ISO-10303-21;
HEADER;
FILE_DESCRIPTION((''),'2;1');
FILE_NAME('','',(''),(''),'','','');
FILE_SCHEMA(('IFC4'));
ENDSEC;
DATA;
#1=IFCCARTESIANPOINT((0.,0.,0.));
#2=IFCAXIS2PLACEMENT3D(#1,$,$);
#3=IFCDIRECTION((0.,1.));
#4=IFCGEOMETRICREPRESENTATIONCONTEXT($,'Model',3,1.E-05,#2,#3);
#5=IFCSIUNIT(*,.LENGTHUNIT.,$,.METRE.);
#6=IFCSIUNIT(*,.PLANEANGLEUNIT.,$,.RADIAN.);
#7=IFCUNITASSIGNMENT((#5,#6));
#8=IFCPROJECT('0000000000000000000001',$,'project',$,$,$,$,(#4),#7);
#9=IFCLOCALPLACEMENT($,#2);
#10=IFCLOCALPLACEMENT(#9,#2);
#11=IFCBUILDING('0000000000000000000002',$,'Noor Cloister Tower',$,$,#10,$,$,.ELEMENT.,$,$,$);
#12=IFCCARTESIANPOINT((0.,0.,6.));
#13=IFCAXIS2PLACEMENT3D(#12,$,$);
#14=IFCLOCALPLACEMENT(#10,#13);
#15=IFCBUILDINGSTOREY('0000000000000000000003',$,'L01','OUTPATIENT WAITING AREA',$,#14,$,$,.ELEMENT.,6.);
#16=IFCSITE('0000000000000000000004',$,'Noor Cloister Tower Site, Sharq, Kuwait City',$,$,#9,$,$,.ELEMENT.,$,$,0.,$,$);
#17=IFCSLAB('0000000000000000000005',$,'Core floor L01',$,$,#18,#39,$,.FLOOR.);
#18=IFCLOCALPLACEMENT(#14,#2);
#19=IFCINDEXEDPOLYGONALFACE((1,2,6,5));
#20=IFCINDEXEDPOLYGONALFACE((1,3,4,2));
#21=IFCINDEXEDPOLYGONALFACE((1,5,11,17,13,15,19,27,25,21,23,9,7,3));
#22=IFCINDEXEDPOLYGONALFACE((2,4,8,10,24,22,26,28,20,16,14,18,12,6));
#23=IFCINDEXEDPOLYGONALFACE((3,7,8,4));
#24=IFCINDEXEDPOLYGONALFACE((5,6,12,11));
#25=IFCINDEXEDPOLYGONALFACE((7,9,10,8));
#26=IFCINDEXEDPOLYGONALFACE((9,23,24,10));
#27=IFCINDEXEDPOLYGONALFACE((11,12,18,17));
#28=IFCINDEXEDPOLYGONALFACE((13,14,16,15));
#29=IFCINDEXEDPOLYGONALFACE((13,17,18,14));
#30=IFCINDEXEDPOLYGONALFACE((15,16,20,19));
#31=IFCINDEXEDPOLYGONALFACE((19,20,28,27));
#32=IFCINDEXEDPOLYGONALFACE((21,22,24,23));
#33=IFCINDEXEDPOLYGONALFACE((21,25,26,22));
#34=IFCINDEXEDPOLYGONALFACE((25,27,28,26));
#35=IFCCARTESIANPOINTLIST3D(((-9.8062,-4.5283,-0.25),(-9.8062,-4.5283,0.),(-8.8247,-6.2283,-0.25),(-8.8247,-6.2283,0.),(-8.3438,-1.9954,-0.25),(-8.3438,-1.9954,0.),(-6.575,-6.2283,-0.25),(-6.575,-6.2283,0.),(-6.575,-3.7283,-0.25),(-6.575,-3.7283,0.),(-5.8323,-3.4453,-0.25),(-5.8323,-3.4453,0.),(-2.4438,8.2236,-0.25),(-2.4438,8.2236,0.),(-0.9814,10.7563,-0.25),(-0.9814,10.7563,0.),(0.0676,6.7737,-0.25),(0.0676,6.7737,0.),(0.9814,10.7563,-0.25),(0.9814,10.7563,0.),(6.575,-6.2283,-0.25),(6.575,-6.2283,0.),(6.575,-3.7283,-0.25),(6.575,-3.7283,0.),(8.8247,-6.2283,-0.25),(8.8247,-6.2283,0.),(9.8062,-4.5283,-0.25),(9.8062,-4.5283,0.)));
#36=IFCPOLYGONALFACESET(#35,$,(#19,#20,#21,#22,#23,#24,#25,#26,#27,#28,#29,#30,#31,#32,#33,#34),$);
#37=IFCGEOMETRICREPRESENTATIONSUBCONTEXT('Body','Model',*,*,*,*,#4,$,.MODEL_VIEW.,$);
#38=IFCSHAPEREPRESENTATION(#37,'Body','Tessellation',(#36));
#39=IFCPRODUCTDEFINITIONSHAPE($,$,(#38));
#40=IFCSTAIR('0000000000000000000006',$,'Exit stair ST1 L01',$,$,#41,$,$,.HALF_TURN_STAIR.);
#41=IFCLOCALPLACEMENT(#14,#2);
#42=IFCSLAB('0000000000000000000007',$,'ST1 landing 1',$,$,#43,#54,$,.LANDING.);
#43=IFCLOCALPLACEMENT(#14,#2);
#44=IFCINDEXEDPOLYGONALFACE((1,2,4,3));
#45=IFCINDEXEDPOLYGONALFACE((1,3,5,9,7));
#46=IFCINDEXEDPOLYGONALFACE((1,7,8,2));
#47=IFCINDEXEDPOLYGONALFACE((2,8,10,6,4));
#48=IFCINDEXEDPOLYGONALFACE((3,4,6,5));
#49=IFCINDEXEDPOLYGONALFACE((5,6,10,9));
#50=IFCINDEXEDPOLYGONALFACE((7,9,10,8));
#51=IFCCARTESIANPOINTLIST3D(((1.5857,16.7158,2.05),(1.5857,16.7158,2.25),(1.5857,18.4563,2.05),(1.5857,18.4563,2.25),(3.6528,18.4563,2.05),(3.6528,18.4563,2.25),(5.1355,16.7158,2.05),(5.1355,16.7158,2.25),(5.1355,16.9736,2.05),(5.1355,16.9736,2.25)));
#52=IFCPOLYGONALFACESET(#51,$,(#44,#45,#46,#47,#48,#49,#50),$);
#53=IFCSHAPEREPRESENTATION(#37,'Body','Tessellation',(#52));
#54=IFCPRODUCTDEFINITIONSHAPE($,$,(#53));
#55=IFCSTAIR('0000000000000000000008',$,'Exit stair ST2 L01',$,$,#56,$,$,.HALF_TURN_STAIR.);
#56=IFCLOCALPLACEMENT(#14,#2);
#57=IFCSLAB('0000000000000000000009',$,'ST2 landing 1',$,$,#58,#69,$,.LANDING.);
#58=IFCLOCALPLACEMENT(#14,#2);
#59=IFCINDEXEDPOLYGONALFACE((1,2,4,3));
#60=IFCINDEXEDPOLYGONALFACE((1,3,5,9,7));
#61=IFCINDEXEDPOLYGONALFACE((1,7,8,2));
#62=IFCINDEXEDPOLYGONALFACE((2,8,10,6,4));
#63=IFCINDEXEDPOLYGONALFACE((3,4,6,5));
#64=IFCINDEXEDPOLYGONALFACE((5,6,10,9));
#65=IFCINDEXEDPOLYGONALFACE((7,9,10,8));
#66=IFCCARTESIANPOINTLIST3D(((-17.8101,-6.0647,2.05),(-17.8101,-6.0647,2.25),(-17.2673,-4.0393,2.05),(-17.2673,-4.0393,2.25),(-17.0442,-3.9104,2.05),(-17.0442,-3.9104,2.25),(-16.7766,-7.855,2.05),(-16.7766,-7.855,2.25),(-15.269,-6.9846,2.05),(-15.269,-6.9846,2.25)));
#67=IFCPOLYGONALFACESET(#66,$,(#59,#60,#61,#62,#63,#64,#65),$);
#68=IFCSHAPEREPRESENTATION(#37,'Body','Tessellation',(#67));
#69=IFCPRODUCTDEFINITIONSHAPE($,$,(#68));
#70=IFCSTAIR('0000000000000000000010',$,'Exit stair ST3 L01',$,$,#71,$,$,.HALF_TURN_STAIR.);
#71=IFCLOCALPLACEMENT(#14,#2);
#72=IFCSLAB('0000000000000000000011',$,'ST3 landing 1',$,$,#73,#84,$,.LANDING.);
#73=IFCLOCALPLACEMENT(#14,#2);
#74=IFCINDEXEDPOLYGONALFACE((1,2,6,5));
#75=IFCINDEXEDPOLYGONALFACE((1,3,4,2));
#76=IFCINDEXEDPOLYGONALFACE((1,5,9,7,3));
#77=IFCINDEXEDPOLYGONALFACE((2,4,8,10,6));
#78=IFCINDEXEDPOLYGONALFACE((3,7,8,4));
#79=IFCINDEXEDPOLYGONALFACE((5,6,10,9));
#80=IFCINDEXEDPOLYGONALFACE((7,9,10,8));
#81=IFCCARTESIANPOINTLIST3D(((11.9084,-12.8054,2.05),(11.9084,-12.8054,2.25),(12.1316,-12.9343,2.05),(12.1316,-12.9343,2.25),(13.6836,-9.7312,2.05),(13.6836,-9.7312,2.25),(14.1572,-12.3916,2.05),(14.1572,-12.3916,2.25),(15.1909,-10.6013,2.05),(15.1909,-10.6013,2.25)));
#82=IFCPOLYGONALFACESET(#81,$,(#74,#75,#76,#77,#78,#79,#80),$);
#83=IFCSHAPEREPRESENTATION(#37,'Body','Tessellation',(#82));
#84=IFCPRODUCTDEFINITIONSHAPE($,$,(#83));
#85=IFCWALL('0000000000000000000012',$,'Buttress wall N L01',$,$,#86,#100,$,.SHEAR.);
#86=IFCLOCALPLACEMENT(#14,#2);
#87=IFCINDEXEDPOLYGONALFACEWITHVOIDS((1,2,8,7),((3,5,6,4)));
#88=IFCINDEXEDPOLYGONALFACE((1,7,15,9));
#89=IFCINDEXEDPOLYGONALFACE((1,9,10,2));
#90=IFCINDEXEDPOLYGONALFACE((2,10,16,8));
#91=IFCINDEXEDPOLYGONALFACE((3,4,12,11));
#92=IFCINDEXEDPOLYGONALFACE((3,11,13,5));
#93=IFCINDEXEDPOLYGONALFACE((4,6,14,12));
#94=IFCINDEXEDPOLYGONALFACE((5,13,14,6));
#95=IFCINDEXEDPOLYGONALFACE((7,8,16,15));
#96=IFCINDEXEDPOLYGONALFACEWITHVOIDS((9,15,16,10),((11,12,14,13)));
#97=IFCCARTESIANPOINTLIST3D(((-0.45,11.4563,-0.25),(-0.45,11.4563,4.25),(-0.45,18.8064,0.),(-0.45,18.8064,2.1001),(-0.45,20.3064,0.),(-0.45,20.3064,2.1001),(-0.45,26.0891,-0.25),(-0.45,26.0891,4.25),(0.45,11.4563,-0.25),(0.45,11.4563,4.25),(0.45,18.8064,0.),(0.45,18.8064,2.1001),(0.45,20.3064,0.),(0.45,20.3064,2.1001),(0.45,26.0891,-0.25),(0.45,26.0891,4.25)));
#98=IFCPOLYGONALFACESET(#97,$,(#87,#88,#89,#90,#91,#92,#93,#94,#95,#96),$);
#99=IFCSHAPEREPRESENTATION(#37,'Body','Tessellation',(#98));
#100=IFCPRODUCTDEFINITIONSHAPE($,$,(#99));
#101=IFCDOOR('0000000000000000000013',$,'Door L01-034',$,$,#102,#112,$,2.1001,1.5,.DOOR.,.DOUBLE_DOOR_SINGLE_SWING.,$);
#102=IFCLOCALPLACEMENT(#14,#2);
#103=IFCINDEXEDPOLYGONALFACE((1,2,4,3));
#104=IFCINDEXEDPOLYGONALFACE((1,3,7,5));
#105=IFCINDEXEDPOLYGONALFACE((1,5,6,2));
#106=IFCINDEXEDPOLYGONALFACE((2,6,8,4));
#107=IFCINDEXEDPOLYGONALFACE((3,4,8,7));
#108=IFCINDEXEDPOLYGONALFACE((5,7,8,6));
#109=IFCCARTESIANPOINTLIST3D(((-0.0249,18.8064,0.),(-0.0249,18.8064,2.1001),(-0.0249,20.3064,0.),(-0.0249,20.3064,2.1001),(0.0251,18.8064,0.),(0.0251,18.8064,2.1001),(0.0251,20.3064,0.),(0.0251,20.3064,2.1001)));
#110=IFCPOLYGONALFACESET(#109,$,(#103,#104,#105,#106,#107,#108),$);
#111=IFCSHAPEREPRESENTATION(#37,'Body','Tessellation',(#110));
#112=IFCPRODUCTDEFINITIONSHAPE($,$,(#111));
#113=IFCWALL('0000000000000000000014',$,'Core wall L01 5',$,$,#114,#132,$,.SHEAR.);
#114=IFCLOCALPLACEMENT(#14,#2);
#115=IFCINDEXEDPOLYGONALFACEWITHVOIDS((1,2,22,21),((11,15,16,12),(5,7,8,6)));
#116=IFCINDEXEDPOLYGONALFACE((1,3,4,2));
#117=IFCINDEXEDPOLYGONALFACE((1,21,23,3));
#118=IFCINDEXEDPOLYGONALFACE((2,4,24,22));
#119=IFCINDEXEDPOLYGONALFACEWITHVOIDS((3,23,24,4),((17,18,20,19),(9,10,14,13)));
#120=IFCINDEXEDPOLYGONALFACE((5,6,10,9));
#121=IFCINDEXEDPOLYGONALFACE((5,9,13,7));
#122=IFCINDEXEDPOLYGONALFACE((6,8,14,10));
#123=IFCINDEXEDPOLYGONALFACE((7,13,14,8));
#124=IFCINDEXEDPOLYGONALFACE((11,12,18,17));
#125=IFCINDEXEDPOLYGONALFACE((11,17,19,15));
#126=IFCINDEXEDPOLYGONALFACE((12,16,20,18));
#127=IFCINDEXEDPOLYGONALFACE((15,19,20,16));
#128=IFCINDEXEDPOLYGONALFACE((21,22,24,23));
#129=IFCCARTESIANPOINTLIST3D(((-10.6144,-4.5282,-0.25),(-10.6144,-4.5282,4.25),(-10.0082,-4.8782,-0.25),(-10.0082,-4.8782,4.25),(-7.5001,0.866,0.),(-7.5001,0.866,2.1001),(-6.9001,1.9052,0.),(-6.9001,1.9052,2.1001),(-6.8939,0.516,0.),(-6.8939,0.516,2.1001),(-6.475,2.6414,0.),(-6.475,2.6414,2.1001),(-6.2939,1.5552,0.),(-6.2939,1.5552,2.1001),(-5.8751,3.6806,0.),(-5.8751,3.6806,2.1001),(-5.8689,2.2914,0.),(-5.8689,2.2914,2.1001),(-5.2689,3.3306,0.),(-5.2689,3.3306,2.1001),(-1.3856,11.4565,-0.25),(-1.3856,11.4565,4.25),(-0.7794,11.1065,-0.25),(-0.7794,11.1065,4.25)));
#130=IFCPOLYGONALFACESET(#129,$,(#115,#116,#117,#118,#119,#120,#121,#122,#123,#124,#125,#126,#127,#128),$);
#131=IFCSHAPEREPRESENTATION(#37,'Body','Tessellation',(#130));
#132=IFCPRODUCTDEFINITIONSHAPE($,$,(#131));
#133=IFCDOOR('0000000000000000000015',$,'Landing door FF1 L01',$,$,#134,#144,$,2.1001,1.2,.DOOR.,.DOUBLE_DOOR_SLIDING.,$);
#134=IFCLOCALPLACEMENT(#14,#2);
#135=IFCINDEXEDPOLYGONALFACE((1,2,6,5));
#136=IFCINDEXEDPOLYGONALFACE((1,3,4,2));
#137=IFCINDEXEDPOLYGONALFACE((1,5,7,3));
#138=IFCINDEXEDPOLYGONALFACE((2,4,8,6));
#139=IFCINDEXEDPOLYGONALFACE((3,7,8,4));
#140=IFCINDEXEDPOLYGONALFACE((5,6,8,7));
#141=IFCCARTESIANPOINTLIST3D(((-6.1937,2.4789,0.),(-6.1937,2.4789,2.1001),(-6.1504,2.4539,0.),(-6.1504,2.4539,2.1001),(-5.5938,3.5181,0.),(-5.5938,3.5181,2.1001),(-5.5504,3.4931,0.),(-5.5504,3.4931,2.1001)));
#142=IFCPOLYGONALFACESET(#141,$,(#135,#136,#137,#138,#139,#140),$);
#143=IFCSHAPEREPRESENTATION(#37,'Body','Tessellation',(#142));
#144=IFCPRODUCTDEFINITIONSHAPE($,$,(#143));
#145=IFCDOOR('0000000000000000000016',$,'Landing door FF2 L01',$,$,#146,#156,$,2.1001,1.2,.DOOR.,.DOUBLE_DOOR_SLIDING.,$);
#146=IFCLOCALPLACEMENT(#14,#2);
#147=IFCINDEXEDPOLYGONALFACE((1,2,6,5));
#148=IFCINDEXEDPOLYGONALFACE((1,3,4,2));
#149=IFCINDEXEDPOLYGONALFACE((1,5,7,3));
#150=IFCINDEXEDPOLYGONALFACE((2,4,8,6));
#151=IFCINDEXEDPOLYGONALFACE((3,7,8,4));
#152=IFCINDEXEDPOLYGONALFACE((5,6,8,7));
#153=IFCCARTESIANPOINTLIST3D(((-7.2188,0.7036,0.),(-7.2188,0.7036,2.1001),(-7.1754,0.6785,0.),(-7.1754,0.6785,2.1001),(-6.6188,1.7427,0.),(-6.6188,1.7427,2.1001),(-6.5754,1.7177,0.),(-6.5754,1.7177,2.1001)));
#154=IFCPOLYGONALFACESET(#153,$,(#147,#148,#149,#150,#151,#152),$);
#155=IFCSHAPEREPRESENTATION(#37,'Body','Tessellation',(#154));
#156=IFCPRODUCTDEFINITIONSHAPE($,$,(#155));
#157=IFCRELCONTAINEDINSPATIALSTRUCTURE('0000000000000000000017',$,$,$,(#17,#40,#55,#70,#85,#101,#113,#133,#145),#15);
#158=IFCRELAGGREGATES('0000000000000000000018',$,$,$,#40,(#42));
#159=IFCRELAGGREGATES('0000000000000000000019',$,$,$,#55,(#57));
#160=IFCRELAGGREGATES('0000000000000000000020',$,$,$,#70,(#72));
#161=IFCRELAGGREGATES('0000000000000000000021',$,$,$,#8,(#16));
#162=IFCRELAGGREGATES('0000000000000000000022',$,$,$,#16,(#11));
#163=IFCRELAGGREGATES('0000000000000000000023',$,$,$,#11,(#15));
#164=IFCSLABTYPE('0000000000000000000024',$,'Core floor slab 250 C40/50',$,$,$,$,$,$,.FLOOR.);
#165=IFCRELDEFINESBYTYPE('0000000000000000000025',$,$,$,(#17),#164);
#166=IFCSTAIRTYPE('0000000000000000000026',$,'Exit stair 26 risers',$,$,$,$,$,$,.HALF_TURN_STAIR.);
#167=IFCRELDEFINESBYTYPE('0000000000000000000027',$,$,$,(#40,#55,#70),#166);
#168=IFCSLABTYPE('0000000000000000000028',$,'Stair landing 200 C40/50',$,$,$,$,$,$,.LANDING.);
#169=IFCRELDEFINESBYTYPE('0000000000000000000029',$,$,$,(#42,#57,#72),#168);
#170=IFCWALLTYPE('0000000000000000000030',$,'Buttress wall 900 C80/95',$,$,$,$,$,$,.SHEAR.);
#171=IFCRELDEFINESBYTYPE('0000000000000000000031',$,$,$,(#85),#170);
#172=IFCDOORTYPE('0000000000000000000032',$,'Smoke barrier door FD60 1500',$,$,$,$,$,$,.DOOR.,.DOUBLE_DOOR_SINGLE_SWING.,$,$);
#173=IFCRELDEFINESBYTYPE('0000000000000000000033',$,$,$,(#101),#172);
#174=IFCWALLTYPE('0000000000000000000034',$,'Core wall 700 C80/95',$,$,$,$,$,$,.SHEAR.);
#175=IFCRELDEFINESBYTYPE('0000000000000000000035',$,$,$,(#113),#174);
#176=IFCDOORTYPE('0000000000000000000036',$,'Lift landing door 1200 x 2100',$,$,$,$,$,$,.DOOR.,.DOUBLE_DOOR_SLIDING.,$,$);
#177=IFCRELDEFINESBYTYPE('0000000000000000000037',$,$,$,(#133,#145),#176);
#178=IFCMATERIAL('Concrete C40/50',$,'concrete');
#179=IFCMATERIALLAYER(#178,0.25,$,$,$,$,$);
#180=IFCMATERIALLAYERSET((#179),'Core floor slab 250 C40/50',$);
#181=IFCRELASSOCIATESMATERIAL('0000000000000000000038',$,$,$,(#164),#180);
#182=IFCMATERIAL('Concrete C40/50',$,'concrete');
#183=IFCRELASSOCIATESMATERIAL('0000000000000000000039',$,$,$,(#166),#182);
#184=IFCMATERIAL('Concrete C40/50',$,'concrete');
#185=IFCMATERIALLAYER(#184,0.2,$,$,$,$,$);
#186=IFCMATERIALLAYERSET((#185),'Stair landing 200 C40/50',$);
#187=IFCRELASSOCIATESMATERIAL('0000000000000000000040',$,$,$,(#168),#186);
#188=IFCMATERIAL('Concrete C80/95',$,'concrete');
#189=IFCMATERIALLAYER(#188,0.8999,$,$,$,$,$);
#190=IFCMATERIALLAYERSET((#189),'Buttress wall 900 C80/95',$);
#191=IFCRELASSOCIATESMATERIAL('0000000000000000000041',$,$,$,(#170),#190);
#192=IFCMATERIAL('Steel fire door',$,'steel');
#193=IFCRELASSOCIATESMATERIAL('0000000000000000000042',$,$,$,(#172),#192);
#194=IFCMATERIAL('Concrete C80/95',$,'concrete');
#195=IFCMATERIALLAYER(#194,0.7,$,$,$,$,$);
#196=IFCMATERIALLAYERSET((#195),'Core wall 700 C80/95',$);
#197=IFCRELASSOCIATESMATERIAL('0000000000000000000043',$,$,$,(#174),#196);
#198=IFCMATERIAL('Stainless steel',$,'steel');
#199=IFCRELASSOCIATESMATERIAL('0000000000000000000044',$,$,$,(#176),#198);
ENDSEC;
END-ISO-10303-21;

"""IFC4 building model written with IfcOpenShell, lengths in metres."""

from ifc_helpers import new_model, si_unit, direction, frame, frame_2d, origin, place, context, subcontext, project, spatial, polyline, rectangle, outline, extrude, material, layer, layer_set, type_object, element, fill, aggregate, save


model = new_model("IFC4")

# Units and contexts
model_context = context("Model", 3, precision=1e-05, world=origin(), true_north=direction((0.0, 1.0)))
body_context = subcontext(model_context, "Body", "Model", "MODEL_VIEW")
ifc_project = project(units=[si_unit("LENGTHUNIT", "METRE"), si_unit("PLANEANGLEUNIT", "RADIAN")], contexts=[model_context])

# Site, building, storey
site_placement = place(None, origin())
site = spatial("IfcSite", under=ifc_project, at=site_placement, Name="Noor Cloister Tower Site, Sharq, Kuwait City", CompositionType="ELEMENT", RefElevation=0.0)
building_placement = place(site_placement, origin())
building = spatial("IfcBuilding", under=site, at=building_placement, Name="Noor Cloister Tower", CompositionType="ELEMENT")
storey_placement = place(building_placement, frame((0.0, 0.0, 6.0)))
storey = spatial("IfcBuildingStorey", under=building, at=storey_placement, Name="L01", Description="OUTPATIENT WAITING AREA", CompositionType="ELEMENT", Elevation=6.0)

# Slab
ifc_material_1 = material(Name="Concrete C40/50", Category="concrete")
ifc_layer_1 = layer(ifc_material_1, 0.25)
ifc_layer_set_1 = layer_set([ifc_layer_1], Name="Core floor slab 250 C40/50")
slab_type_1 = type_object("IfcSlabType", Name="Core floor slab 250 C40/50", PredefinedType="FLOOR", material=ifc_layer_set_1)
slab_1_placement = place(storey_placement, frame((0.0, 0.0, -0.25)))
element("IfcSlab", 1, at=slab_1_placement, inside=storey, type_object=slab_type_1, Name="Core floor L01", PredefinedType="FLOOR", context=body_context, shape_type="SweptSolid", body=[
    extrude(outline(polyline([(-6.575, -6.2283), (-6.575, -3.7283), (6.575, -3.7283), (6.575, -6.2283), (8.8247, -6.2283), (9.8062, -4.5283), (0.9814, 10.7563), (-0.9814, 10.7563), (-2.4438, 8.2236), (0.0676, 6.7737), (-5.8323, -3.4453), (-8.3438, -1.9954), (-9.8062, -4.5283), (-8.8247, -6.2283), (-6.575, -6.2283)])), origin(), (0.0, 0.0, 1.0), 0.25),
])

# Stairs, slabs
ifc_material_2 = material(Name="Concrete C40/50", Category="concrete")
stair_type = type_object("IfcStairType", Name="Exit stair 26 risers", PredefinedType="HALF_TURN_STAIR", material=ifc_material_2)
stair_1_placement = place(storey_placement, origin())
stair_1 = element("IfcStair", 2, at=stair_1_placement, inside=storey, type_object=stair_type, Name="Exit stair ST1 L01", PredefinedType="HALF_TURN_STAIR")
ifc_material_3 = material(Name="Concrete C40/50", Category="concrete")
ifc_layer_2 = layer(ifc_material_3, 0.2)
ifc_layer_set_2 = layer_set([ifc_layer_2], Name="Stair landing 200 C40/50")
slab_type_2 = type_object("IfcSlabType", Name="Stair landing 200 C40/50", PredefinedType="LANDING", material=ifc_layer_set_2)
slab_2_placement = place(storey_placement, frame((0.0, 0.0, 2.05)))
slab_2 = element("IfcSlab", 3, at=slab_2_placement, type_object=slab_type_2, Name="ST1 landing 1", PredefinedType="LANDING", context=body_context, shape_type="SweptSolid", body=[
    extrude(outline(polyline([(5.1355, 16.7158), (5.1355, 16.9736), (3.6528, 18.4563), (1.5857, 18.4563), (1.5857, 16.7158), (5.1355, 16.7158)])), origin(), (0.0, 0.0, 1.0), 0.2),
])
aggregate(stair_1, [slab_2])
stair_2_placement = place(storey_placement, origin())
stair_2 = element("IfcStair", 4, at=stair_2_placement, inside=storey, type_object=stair_type, Name="Exit stair ST2 L01", PredefinedType="HALF_TURN_STAIR")
slab_3_placement = place(storey_placement, frame((0.0, 0.0, 2.05)))
slab_3 = element("IfcSlab", 5, at=slab_3_placement, type_object=slab_type_2, Name="ST2 landing 1", PredefinedType="LANDING", context=body_context, shape_type="SweptSolid", body=[
    extrude(outline(polyline([(-17.0442, -3.9104), (-17.2673, -4.0393), (-17.8101, -6.0647), (-16.7766, -7.855), (-15.269, -6.9846), (-17.0442, -3.9104)])), origin(), (0.0, 0.0, 1.0), 0.2),
])
aggregate(stair_2, [slab_3])
stair_3_placement = place(storey_placement, origin())
stair_3 = element("IfcStair", 6, at=stair_3_placement, inside=storey, type_object=stair_type, Name="Exit stair ST3 L01", PredefinedType="HALF_TURN_STAIR")
slab_4_placement = place(storey_placement, frame((0.0, 0.0, 2.05)))
slab_4 = element("IfcSlab", 7, at=slab_4_placement, type_object=slab_type_2, Name="ST3 landing 1", PredefinedType="LANDING", context=body_context, shape_type="SweptSolid", body=[
    extrude(outline(polyline([(11.9084, -12.8054), (12.1316, -12.9343), (14.1572, -12.3916), (15.1909, -10.6013), (13.6836, -9.7312), (11.9084, -12.8054)])), origin(), (0.0, 0.0, 1.0), 0.2),
])
aggregate(stair_3, [slab_4])

# Wall, opening, door
ifc_material_4 = material(Name="Concrete C80/95", Category="concrete")
ifc_layer_3 = layer(ifc_material_4, 0.8999)
ifc_layer_set_3 = layer_set([ifc_layer_3], Name="Buttress wall 900 C80/95")
wall_type_1 = type_object("IfcWallType", Name="Buttress wall 900 C80/95", PredefinedType="SHEAR", material=ifc_layer_set_3)
wall_1_placement = place(storey_placement, frame((0.0, 11.4563, -0.25), z_axis=(0.0, 0.0, 1.0), x_axis=(0.0, 1.0, 0.0)))
wall_1 = element("IfcWall", 8, at=wall_1_placement, inside=storey, type_object=wall_type_1, Name="Buttress wall N L01", PredefinedType="SHEAR", context=body_context, shape_type="SweptSolid", body=[
    extrude(rectangle(XDim=14.6328, YDim=0.8999, at=frame_2d((7.3164, 0.0))), origin(), (0.0, 0.0, 1.0), 4.5),
])
opening_1_placement = place(wall_1_placement, frame((7.3501, 0.0, 0.25)))
opening_1 = element("IfcOpeningElement", 9, at=opening_1_placement, cuts=wall_1, PredefinedType="OPENING", context=body_context, shape_type="SweptSolid", body=[
    extrude(rectangle(XDim=1.5, YDim=2.1001, at=frame_2d((0.75, 1.05))), frame((0.0, 0.46, 0.0), z_axis=(0.0, -1.0, 0.0), x_axis=(1.0, 0.0, 0.0)), (0.0, 0.0, 1.0), 0.9199),
])
ifc_material_5 = material(Name="Steel fire door", Category="steel")
door_type_1 = type_object("IfcDoorType", Name="Smoke barrier door FD60 1500", OperationType="DOUBLE_DOOR_SINGLE_SWING", PredefinedType="DOOR", material=ifc_material_5)
door_1_placement = place(opening_1_placement, origin())
door_1 = element("IfcDoor", 10, at=door_1_placement, inside=storey, type_object=door_type_1, Name="Door L01-034", OperationType="DOUBLE_DOOR_SINGLE_SWING", OverallHeight=2.1001, OverallWidth=1.5, PredefinedType="DOOR", context=body_context, shape_type="SweptSolid", body=[
    extrude(rectangle(XDim=1.5, YDim=2.1001, at=frame_2d((0.75, 1.05))), frame((0.0, 0.0249, 0.0), z_axis=(0.0, -1.0, 0.0), x_axis=(1.0, 0.0, 0.0)), (0.0, 0.0, 1.0), 0.05),
])
fill(opening_1, door_1)

# Wall, openings, doors
ifc_material_6 = material(Name="Concrete C80/95", Category="concrete")
ifc_layer_4 = layer(ifc_material_6, 0.7)
ifc_layer_set_4 = layer_set([ifc_layer_4], Name="Core wall 700 C80/95")
wall_type_2 = type_object("IfcWallType", Name="Core wall 700 C80/95", PredefinedType="SHEAR", material=ifc_layer_set_4)
wall_2_placement = place(storey_placement, frame((-1.0825, 11.2815, -0.25), z_axis=(0.0, 0.0, 1.0), x_axis=(-0.500001, -0.866025, 0.0)))
wall_2 = element("IfcWall", 11, at=wall_2_placement, inside=storey, type_object=wall_type_2, Name="Core wall L01 5", PredefinedType="SHEAR", context=body_context, shape_type="SweptSolid", body=[
    extrude(rectangle(XDim=18.4575, YDim=0.7, at=frame_2d((9.2288, 0.0))), origin(), (0.0, 0.0, 1.0), 4.5),
])
opening_2_placement = place(wall_2_placement, frame((8.9788, 0.0, 0.25)))
opening_2 = element("IfcOpeningElement", 12, at=opening_2_placement, cuts=wall_2, PredefinedType="OPENING", context=body_context, shape_type="SweptSolid", body=[
    extrude(rectangle(XDim=1.2, YDim=2.1001, at=frame_2d((0.6001, 1.05))), frame((0.0, 0.3599, 0.0), z_axis=(0.0, -1.0, 0.0), x_axis=(1.0, 0.0, 0.0)), (0.0, 0.0, 1.0), 0.72),
])
opening_3_placement = place(wall_2_placement, frame((11.0288, 0.0, 0.25)))
opening_3 = element("IfcOpeningElement", 13, at=opening_3_placement, cuts=wall_2, PredefinedType="OPENING", context=body_context, shape_type="SweptSolid", body=[
    extrude(rectangle(XDim=1.2, YDim=2.1001, at=frame_2d((0.6001, 1.05))), frame((0.0, 0.3599, 0.0), z_axis=(0.0, -1.0, 0.0), x_axis=(1.0, 0.0, 0.0)), (0.0, 0.0, 1.0), 0.72),
])
ifc_material_7 = material(Name="Stainless steel", Category="steel")
door_type_2 = type_object("IfcDoorType", Name="Lift landing door 1200 x 2100", OperationType="DOUBLE_DOOR_SLIDING", PredefinedType="DOOR", material=ifc_material_7)
door_2_placement = place(opening_2_placement, origin())
door_2 = element("IfcDoor", 14, at=door_2_placement, inside=storey, type_object=door_type_2, Name="Landing door FF1 L01", OperationType="DOUBLE_DOOR_SLIDING", OverallHeight=2.1001, OverallWidth=1.2, PredefinedType="DOOR", context=body_context, shape_type="SweptSolid", body=[
    extrude(rectangle(XDim=1.2, YDim=2.1001, at=frame_2d((0.6001, 1.05))), frame((0.0, 0.0249, 0.0), z_axis=(0.0, -1.0, 0.0), x_axis=(1.0, 0.0, 0.0)), (0.0, 0.0, 1.0), 0.05),
])
fill(opening_2, door_2)
door_3_placement = place(opening_3_placement, origin())
door_3 = element("IfcDoor", 15, at=door_3_placement, inside=storey, type_object=door_type_2, Name="Landing door FF2 L01", OperationType="DOUBLE_DOOR_SLIDING", OverallHeight=2.1001, OverallWidth=1.2, PredefinedType="DOOR", context=body_context, shape_type="SweptSolid", body=[
    extrude(rectangle(XDim=1.2, YDim=2.1001, at=frame_2d((0.6001, 1.05))), frame((0.0, 0.0249, 0.0), z_axis=(0.0, -1.0, 0.0), x_axis=(1.0, 0.0, 0.0)), (0.0, 0.0, 1.0), 0.05),
])
fill(opening_3, door_3)

save(model, "model.ifc")
